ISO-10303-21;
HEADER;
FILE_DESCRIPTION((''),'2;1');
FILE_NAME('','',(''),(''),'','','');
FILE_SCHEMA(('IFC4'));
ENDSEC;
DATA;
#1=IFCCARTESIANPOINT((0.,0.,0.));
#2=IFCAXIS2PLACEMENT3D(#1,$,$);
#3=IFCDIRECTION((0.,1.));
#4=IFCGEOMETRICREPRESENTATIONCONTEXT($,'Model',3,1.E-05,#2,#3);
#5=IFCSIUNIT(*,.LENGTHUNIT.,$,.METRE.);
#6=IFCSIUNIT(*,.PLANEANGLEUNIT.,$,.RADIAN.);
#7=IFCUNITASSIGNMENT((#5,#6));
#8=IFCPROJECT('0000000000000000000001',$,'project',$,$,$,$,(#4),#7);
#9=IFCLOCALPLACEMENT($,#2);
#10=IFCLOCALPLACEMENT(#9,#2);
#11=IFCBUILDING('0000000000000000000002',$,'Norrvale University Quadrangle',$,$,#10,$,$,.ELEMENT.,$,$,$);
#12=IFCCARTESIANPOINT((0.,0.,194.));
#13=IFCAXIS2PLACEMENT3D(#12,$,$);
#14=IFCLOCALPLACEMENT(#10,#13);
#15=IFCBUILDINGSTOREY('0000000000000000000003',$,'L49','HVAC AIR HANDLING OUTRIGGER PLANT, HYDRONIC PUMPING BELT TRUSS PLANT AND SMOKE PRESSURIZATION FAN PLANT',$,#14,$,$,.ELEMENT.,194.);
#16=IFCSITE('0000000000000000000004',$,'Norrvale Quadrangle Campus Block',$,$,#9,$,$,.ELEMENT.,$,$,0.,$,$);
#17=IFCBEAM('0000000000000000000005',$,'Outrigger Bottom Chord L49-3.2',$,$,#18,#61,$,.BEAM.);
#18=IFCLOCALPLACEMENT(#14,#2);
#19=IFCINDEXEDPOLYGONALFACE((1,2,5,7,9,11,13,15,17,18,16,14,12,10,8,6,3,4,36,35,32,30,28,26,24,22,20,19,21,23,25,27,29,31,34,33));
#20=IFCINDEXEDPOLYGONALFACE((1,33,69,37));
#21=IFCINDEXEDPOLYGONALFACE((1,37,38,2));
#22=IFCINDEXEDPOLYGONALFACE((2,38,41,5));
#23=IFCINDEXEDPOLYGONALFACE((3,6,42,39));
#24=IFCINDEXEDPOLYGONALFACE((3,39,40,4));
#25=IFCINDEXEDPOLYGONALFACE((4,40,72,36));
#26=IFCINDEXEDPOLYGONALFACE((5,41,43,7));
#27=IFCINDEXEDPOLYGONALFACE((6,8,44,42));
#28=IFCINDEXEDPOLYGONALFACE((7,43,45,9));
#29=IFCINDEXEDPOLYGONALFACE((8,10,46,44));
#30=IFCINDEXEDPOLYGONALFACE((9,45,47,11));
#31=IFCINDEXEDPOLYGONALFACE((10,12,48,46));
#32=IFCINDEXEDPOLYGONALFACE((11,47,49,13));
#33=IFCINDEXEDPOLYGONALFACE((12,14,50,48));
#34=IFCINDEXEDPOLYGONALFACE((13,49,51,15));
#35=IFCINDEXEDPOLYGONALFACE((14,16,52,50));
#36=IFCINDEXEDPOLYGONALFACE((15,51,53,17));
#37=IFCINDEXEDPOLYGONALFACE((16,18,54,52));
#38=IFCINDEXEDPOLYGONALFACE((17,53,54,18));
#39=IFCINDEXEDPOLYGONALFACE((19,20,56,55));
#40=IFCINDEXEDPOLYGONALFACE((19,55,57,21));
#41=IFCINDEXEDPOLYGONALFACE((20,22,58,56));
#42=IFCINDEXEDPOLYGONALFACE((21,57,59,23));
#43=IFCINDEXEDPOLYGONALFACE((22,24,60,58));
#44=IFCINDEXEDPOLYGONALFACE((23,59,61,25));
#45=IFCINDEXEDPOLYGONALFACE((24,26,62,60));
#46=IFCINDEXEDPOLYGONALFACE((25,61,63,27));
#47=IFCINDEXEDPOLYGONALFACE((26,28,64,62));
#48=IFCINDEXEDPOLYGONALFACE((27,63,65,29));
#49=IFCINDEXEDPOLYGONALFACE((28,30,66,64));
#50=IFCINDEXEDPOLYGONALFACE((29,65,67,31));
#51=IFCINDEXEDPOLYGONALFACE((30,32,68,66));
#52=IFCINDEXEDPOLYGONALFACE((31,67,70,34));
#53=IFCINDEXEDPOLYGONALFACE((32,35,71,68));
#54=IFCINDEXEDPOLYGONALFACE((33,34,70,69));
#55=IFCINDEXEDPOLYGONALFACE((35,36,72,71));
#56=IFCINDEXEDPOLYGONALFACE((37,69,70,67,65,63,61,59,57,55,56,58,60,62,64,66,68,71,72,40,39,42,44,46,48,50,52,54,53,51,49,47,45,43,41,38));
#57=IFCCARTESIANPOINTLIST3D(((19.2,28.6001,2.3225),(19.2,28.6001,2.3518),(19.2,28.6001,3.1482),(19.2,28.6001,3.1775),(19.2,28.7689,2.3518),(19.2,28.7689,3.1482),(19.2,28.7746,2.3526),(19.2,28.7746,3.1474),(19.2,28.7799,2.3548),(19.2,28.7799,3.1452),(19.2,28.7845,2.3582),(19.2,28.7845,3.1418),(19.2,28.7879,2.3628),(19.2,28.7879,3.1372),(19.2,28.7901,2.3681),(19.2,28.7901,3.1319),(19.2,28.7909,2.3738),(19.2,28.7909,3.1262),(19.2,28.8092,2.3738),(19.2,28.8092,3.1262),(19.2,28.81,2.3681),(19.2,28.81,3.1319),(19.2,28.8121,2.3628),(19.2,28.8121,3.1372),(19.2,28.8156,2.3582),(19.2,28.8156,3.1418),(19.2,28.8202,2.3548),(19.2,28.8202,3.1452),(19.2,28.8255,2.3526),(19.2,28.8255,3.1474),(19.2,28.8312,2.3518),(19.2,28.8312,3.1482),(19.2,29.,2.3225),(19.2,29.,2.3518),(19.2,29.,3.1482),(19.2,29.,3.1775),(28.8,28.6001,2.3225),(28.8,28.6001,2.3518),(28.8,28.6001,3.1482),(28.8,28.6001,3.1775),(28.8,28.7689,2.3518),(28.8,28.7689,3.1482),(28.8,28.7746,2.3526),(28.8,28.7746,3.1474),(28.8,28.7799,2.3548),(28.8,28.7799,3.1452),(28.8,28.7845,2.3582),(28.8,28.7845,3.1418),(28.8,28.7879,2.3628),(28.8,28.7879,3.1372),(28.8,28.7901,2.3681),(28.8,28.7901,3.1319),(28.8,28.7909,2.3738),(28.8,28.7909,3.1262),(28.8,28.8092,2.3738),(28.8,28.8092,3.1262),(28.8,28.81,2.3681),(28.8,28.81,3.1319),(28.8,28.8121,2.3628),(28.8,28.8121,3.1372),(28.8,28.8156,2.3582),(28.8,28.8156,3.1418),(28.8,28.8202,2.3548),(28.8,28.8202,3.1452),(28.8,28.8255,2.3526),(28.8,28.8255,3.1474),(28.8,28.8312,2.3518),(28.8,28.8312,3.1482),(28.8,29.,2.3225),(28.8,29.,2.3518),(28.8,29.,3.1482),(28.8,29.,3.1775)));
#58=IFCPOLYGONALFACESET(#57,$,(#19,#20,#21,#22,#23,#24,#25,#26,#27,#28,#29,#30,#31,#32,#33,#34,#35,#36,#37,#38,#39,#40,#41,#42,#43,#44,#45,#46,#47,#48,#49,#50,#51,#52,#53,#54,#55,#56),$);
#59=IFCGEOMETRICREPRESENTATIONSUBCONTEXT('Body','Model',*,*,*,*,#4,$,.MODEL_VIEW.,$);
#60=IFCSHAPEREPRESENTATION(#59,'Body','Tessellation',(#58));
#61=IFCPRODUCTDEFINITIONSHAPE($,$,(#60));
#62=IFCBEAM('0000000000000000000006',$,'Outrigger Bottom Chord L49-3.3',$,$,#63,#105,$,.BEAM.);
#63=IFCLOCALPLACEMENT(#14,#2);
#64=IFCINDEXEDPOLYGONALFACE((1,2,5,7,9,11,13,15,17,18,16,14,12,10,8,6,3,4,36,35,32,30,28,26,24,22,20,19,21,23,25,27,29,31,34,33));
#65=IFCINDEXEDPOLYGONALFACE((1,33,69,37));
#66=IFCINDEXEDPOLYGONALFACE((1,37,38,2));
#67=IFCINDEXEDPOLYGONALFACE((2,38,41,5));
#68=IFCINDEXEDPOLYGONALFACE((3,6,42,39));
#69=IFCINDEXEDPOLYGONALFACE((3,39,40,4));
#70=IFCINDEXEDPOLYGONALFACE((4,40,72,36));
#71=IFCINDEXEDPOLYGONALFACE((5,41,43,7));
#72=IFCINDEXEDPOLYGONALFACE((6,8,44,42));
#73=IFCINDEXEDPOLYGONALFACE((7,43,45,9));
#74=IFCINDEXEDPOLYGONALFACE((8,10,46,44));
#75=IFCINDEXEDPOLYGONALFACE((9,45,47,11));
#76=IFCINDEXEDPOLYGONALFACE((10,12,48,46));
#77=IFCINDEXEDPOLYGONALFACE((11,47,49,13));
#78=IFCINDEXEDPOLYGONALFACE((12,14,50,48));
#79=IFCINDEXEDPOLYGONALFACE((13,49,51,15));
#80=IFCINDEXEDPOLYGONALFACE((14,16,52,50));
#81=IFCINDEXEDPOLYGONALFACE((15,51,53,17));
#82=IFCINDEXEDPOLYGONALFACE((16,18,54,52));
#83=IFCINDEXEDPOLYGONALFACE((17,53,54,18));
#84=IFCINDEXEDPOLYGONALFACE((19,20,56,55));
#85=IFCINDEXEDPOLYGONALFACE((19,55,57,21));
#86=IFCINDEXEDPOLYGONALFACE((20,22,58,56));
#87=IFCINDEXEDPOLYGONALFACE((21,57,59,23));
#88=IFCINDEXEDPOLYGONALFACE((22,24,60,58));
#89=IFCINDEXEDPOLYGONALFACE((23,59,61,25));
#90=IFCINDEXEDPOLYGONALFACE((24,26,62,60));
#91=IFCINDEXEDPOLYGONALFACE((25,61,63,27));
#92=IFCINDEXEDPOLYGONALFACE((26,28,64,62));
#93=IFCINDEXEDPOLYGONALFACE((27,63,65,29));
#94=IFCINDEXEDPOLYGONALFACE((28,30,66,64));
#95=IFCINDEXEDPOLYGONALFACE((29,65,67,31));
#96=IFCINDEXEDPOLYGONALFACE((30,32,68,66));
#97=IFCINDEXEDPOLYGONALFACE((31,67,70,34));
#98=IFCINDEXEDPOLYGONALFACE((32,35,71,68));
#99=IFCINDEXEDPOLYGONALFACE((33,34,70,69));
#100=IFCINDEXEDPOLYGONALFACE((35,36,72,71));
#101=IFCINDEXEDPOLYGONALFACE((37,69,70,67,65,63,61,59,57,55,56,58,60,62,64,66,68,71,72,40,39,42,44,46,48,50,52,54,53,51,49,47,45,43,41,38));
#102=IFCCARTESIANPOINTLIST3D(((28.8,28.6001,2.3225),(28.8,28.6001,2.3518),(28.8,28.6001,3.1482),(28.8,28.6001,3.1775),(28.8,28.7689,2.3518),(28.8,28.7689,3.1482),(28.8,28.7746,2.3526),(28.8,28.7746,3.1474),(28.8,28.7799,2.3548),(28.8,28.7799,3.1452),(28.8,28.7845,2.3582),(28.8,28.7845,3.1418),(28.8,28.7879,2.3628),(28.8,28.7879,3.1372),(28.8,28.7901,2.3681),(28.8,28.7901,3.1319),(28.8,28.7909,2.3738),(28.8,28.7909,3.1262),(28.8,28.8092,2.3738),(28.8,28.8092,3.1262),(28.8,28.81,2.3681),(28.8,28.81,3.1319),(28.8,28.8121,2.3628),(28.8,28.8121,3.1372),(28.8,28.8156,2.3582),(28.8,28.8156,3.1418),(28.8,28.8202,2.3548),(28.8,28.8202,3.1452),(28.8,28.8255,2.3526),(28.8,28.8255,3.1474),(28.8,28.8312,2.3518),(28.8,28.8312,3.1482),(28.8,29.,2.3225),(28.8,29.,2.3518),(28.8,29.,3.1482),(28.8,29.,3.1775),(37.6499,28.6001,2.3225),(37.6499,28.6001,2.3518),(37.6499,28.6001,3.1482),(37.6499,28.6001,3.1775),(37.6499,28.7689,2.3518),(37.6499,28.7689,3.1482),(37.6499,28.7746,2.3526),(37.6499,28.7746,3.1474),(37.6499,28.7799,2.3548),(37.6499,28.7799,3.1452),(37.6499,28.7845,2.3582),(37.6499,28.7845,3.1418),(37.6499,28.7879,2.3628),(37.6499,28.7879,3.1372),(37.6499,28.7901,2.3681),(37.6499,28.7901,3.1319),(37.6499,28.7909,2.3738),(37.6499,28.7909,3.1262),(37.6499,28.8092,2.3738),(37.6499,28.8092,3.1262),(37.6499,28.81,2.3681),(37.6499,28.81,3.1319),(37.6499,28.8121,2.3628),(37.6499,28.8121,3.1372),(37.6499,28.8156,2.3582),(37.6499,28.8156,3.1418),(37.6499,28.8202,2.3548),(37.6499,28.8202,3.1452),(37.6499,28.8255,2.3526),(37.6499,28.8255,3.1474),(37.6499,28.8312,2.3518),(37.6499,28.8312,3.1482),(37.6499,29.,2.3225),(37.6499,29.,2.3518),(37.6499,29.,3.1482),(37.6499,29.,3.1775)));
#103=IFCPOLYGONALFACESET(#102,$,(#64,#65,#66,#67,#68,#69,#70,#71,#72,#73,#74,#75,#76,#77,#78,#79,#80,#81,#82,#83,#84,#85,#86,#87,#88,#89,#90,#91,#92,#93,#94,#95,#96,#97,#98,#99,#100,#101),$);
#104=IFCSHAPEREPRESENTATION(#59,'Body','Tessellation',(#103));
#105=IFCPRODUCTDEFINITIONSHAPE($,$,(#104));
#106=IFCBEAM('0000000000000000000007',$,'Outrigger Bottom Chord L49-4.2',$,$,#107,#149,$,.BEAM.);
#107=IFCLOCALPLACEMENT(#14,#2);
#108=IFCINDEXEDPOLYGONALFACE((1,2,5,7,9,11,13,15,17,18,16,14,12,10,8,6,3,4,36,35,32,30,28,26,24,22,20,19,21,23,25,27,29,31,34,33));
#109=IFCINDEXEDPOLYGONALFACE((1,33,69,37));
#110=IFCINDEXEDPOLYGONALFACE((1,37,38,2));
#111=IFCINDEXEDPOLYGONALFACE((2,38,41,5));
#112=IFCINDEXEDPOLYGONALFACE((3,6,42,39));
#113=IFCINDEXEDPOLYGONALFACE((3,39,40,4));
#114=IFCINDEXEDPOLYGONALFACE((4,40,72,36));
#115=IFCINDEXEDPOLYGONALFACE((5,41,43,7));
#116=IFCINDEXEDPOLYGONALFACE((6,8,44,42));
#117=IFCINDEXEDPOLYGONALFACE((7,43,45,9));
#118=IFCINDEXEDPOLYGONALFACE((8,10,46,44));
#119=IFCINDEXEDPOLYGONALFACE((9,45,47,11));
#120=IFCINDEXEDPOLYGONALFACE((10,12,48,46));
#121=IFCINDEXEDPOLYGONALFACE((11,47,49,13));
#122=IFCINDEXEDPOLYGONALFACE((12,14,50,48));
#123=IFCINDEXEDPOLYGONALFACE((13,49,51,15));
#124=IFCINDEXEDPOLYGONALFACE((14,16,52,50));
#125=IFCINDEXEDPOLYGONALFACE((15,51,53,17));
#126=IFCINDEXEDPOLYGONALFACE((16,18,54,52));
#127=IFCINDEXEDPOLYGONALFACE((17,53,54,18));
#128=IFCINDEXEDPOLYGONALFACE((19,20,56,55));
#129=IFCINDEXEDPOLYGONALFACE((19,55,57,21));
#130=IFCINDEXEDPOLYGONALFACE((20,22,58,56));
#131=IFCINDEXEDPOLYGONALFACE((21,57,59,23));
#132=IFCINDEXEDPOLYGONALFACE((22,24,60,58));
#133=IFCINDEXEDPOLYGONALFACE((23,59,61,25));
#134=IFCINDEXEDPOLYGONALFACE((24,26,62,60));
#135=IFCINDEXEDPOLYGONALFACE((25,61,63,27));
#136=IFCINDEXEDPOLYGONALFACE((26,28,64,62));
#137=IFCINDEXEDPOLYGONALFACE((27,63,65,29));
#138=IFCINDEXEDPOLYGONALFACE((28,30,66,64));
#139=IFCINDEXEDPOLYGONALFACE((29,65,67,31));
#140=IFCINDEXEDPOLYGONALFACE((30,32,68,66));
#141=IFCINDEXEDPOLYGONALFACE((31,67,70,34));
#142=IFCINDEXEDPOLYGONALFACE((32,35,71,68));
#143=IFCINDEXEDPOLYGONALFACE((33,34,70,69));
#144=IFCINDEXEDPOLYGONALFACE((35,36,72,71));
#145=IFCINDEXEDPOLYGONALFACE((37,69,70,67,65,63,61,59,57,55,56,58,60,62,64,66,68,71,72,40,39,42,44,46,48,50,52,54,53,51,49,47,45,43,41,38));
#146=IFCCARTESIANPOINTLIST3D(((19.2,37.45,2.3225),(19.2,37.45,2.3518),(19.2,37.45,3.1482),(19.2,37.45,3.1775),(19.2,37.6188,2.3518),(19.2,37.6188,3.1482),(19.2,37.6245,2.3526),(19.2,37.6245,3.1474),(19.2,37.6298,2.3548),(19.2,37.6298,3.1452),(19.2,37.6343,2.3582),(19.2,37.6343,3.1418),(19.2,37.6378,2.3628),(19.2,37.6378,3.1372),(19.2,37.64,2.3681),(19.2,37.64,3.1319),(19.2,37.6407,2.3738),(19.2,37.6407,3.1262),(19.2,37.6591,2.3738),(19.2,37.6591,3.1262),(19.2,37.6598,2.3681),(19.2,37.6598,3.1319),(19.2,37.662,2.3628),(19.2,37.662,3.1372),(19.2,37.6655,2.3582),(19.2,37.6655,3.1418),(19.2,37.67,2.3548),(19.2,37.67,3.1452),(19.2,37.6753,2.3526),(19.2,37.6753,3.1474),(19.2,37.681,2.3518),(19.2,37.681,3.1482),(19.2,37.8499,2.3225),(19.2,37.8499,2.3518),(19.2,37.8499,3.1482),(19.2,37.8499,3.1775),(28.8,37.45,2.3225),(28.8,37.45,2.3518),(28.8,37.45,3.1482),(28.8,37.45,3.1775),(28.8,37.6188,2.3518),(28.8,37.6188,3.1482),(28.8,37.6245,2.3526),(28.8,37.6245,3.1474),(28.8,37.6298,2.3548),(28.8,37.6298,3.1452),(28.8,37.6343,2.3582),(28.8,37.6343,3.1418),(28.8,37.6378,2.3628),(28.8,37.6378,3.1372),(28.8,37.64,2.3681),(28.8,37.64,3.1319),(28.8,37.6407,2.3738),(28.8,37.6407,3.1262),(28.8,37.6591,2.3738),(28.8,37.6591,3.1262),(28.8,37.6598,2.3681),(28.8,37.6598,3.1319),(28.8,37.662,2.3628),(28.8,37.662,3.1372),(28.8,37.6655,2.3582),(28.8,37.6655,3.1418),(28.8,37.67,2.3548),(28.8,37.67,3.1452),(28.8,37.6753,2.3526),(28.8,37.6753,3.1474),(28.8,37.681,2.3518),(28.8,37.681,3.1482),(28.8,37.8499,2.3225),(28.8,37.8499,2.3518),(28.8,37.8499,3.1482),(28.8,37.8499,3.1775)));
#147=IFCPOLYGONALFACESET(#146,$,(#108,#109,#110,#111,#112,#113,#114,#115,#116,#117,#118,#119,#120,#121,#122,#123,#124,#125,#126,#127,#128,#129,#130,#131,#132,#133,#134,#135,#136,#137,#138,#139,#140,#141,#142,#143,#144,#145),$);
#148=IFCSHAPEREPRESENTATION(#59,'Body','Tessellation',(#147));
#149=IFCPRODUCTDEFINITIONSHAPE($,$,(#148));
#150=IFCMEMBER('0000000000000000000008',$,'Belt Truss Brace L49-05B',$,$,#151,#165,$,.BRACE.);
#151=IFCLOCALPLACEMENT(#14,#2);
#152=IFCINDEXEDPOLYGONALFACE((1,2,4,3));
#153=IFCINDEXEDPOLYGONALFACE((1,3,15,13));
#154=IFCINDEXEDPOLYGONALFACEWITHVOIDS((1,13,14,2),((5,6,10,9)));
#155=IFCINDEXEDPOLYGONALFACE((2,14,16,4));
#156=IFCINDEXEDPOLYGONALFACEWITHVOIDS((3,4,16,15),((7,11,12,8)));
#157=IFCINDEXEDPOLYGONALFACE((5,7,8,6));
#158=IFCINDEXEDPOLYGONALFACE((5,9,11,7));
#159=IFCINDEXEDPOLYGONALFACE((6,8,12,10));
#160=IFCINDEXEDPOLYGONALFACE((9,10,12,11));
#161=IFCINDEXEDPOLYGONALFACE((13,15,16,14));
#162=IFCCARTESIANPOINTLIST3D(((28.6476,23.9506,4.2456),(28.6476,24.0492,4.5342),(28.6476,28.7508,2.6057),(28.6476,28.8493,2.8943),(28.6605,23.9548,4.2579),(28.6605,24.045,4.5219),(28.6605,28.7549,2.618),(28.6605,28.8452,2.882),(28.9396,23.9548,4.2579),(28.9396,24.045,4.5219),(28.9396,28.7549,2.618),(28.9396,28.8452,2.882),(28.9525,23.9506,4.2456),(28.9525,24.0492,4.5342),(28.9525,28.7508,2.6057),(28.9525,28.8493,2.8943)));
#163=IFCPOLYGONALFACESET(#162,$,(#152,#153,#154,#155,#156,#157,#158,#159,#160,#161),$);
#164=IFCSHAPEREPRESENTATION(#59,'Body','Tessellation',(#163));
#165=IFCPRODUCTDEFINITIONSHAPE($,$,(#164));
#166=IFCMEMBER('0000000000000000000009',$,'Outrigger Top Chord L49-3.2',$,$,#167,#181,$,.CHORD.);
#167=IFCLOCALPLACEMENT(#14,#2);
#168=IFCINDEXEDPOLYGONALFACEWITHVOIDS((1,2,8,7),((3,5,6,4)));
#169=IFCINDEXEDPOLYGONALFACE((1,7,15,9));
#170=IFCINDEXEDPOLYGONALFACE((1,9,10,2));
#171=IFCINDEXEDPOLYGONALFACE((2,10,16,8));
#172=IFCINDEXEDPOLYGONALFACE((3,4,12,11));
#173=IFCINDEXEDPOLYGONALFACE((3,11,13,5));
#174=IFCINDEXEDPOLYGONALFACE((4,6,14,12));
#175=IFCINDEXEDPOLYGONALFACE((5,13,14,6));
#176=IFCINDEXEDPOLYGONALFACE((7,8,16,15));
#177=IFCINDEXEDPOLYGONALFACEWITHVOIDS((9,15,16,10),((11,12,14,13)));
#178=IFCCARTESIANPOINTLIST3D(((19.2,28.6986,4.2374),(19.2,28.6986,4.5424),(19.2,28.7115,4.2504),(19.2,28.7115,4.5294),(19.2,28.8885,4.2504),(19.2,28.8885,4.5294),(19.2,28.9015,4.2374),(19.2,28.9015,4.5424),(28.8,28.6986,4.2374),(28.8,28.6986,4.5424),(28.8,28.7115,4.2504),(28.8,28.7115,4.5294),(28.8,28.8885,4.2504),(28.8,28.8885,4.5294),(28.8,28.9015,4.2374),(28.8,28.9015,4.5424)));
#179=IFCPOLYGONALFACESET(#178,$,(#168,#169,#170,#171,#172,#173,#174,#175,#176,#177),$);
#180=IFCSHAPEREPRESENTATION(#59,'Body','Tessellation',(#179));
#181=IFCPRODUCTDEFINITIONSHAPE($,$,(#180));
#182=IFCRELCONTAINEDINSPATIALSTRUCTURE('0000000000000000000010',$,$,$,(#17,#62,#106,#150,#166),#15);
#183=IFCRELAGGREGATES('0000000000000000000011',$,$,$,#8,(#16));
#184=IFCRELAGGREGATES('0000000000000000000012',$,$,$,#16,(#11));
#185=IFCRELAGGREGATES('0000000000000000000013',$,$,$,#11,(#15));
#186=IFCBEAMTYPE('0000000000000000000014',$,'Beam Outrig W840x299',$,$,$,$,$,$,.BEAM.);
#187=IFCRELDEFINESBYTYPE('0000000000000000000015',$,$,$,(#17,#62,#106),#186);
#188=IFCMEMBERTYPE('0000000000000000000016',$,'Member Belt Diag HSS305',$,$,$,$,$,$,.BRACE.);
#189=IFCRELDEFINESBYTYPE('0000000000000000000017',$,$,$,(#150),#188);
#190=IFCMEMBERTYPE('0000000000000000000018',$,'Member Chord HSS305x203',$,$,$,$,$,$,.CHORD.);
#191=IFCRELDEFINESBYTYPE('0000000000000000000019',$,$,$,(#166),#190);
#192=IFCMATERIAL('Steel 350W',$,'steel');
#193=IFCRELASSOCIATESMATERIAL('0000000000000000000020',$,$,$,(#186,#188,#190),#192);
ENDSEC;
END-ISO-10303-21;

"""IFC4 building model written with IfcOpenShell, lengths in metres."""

from ifc_helpers import new_model, si_unit, direction, frame, origin, origin_2d, place, context, subcontext, project, spatial, hollow_rectangle, i_section, extrude, material, material_profile, profile_set, type_object, element, save


model = new_model("IFC4")

# Units and contexts
model_context = context("Model", 3, precision=1e-05, world=origin(), true_north=direction((0.0, 1.0)))
body_context = subcontext(model_context, "Body", "Model", "MODEL_VIEW")
ifc_project = project(units=[si_unit("LENGTHUNIT", "METRE"), si_unit("PLANEANGLEUNIT", "RADIAN")], contexts=[model_context])

# Site, building, storey
site_placement = place(None, origin())
site = spatial("IfcSite", under=ifc_project, at=site_placement, Name="Norrvale Quadrangle Campus Block", CompositionType="ELEMENT", RefElevation=0.0)
building_placement = place(site_placement, origin())
building = spatial("IfcBuilding", under=site, at=building_placement, Name="Norrvale University Quadrangle", CompositionType="ELEMENT")
storey_placement = place(building_placement, frame((0.0, 0.0, 194.0)))
storey = spatial("IfcBuildingStorey", under=building, at=storey_placement, Name="L49", Description="HVAC AIR HANDLING OUTRIGGER PLANT, HYDRONIC PUMPING BELT TRUSS PLANT AND SMOKE PRESSURIZATION FAN PLANT", CompositionType="ELEMENT", Elevation=194.0)

# Beams
ifc_material_1 = material(Name="Steel 350W", Category="steel")
ifc_material_profile_1 = material_profile(ifc_material_1, i_section(OverallWidth=0.3999, OverallDepth=0.855, WebThickness=0.0183, FlangeThickness=0.0293, FilletRadius=0.022, at=origin_2d()), Name="Steel 350W")
ifc_profile_set_1 = profile_set([ifc_material_profile_1], Name="Steel 350W")
beam_type_1 = type_object("IfcBeamType", Name="Beam Outrig W840x299", PredefinedType="BEAM", material=ifc_profile_set_1)
beam_1_placement = place(storey_placement, frame((19.2, 28.8, 2.75), z_axis=(1.0, 0.0, 0.0), x_axis=(0.0, 1.0, 0.0)))
element("IfcBeam", 1, at=beam_1_placement, inside=storey, type_object=beam_type_1, Name="Outrigger Bottom Chord L49-3.2", PredefinedType="BEAM", context=body_context, shape_type="SweptSolid", body=[
    extrude(i_section(OverallWidth=0.3999, OverallDepth=0.855, WebThickness=0.0183, FlangeThickness=0.0293, FilletRadius=0.022, at=origin_2d()), origin(), (0.0, 0.0, 1.0), 9.6001),
])
beam_2_placement = place(storey_placement, frame((28.8, 28.8, 2.75), z_axis=(1.0, 0.0, 0.0), x_axis=(0.0, 1.0, 0.0)))
element("IfcBeam", 2, at=beam_2_placement, inside=storey, type_object=beam_type_1, Name="Outrigger Bottom Chord L49-3.3", PredefinedType="BEAM", context=body_context, shape_type="SweptSolid", body=[
    extrude(i_section(OverallWidth=0.3999, OverallDepth=0.855, WebThickness=0.0183, FlangeThickness=0.0293, FilletRadius=0.022, at=origin_2d()), origin(), (0.0, 0.0, 1.0), 8.8499),
])
beam_3_placement = place(storey_placement, frame((19.2, 37.6499, 2.75), z_axis=(1.0, 0.0, 0.0), x_axis=(0.0, 1.0, 0.0)))
element("IfcBeam", 3, at=beam_3_placement, inside=storey, type_object=beam_type_1, Name="Outrigger Bottom Chord L49-4.2", PredefinedType="BEAM", context=body_context, shape_type="SweptSolid", body=[
    extrude(i_section(OverallWidth=0.3999, OverallDepth=0.855, WebThickness=0.0183, FlangeThickness=0.0293, FilletRadius=0.022, at=origin_2d()), origin(), (0.0, 0.0, 1.0), 9.6001),
])

# Members
ifc_material_profile_2 = material_profile(ifc_material_1, hollow_rectangle(XDim=0.3049, YDim=0.3049, WallThickness=0.0129, at=origin_2d()), Name="Steel 350W")
ifc_profile_set_2 = profile_set([ifc_material_profile_2], Name="Steel 350W")
member_type_1 = type_object("IfcMemberType", Name="Member Belt Diag HSS305", PredefinedType="BRACE", material=ifc_profile_set_2)
member_1_placement = place(storey_placement, frame((28.8, 28.8, 2.75), z_axis=(0.0, -0.946299, 0.323294), x_axis=(1.0, 0.0, 0.0)))
element("IfcMember", 4, at=member_1_placement, inside=storey, type_object=member_type_1, Name="Belt Truss Brace L49-05B", PredefinedType="BRACE", context=body_context, shape_type="SweptSolid", body=[
    extrude(hollow_rectangle(XDim=0.3049, YDim=0.3049, WallThickness=0.0129, at=origin_2d()), origin(), (0.0, 0.0, 1.0), 5.0725),
])
ifc_material_profile_3 = material_profile(ifc_material_1, hollow_rectangle(XDim=0.2029, YDim=0.3049, WallThickness=0.0129, at=origin_2d()), Name="Steel 350W")
ifc_profile_set_3 = profile_set([ifc_material_profile_3], Name="Steel 350W")
member_type_2 = type_object("IfcMemberType", Name="Member Chord HSS305x203", PredefinedType="CHORD", material=ifc_profile_set_3)
member_2_placement = place(storey_placement, frame((19.2, 28.8, 4.3899), z_axis=(1.0, 0.0, 0.0), x_axis=(0.0, 1.0, 0.0)))
element("IfcMember", 5, at=member_2_placement, inside=storey, type_object=member_type_2, Name="Outrigger Top Chord L49-3.2", PredefinedType="CHORD", context=body_context, shape_type="SweptSolid", body=[
    extrude(hollow_rectangle(XDim=0.2029, YDim=0.3049, WallThickness=0.0129, at=origin_2d()), origin(), (0.0, 0.0, 1.0), 9.6001),
])

save(model, "model.ifc")
